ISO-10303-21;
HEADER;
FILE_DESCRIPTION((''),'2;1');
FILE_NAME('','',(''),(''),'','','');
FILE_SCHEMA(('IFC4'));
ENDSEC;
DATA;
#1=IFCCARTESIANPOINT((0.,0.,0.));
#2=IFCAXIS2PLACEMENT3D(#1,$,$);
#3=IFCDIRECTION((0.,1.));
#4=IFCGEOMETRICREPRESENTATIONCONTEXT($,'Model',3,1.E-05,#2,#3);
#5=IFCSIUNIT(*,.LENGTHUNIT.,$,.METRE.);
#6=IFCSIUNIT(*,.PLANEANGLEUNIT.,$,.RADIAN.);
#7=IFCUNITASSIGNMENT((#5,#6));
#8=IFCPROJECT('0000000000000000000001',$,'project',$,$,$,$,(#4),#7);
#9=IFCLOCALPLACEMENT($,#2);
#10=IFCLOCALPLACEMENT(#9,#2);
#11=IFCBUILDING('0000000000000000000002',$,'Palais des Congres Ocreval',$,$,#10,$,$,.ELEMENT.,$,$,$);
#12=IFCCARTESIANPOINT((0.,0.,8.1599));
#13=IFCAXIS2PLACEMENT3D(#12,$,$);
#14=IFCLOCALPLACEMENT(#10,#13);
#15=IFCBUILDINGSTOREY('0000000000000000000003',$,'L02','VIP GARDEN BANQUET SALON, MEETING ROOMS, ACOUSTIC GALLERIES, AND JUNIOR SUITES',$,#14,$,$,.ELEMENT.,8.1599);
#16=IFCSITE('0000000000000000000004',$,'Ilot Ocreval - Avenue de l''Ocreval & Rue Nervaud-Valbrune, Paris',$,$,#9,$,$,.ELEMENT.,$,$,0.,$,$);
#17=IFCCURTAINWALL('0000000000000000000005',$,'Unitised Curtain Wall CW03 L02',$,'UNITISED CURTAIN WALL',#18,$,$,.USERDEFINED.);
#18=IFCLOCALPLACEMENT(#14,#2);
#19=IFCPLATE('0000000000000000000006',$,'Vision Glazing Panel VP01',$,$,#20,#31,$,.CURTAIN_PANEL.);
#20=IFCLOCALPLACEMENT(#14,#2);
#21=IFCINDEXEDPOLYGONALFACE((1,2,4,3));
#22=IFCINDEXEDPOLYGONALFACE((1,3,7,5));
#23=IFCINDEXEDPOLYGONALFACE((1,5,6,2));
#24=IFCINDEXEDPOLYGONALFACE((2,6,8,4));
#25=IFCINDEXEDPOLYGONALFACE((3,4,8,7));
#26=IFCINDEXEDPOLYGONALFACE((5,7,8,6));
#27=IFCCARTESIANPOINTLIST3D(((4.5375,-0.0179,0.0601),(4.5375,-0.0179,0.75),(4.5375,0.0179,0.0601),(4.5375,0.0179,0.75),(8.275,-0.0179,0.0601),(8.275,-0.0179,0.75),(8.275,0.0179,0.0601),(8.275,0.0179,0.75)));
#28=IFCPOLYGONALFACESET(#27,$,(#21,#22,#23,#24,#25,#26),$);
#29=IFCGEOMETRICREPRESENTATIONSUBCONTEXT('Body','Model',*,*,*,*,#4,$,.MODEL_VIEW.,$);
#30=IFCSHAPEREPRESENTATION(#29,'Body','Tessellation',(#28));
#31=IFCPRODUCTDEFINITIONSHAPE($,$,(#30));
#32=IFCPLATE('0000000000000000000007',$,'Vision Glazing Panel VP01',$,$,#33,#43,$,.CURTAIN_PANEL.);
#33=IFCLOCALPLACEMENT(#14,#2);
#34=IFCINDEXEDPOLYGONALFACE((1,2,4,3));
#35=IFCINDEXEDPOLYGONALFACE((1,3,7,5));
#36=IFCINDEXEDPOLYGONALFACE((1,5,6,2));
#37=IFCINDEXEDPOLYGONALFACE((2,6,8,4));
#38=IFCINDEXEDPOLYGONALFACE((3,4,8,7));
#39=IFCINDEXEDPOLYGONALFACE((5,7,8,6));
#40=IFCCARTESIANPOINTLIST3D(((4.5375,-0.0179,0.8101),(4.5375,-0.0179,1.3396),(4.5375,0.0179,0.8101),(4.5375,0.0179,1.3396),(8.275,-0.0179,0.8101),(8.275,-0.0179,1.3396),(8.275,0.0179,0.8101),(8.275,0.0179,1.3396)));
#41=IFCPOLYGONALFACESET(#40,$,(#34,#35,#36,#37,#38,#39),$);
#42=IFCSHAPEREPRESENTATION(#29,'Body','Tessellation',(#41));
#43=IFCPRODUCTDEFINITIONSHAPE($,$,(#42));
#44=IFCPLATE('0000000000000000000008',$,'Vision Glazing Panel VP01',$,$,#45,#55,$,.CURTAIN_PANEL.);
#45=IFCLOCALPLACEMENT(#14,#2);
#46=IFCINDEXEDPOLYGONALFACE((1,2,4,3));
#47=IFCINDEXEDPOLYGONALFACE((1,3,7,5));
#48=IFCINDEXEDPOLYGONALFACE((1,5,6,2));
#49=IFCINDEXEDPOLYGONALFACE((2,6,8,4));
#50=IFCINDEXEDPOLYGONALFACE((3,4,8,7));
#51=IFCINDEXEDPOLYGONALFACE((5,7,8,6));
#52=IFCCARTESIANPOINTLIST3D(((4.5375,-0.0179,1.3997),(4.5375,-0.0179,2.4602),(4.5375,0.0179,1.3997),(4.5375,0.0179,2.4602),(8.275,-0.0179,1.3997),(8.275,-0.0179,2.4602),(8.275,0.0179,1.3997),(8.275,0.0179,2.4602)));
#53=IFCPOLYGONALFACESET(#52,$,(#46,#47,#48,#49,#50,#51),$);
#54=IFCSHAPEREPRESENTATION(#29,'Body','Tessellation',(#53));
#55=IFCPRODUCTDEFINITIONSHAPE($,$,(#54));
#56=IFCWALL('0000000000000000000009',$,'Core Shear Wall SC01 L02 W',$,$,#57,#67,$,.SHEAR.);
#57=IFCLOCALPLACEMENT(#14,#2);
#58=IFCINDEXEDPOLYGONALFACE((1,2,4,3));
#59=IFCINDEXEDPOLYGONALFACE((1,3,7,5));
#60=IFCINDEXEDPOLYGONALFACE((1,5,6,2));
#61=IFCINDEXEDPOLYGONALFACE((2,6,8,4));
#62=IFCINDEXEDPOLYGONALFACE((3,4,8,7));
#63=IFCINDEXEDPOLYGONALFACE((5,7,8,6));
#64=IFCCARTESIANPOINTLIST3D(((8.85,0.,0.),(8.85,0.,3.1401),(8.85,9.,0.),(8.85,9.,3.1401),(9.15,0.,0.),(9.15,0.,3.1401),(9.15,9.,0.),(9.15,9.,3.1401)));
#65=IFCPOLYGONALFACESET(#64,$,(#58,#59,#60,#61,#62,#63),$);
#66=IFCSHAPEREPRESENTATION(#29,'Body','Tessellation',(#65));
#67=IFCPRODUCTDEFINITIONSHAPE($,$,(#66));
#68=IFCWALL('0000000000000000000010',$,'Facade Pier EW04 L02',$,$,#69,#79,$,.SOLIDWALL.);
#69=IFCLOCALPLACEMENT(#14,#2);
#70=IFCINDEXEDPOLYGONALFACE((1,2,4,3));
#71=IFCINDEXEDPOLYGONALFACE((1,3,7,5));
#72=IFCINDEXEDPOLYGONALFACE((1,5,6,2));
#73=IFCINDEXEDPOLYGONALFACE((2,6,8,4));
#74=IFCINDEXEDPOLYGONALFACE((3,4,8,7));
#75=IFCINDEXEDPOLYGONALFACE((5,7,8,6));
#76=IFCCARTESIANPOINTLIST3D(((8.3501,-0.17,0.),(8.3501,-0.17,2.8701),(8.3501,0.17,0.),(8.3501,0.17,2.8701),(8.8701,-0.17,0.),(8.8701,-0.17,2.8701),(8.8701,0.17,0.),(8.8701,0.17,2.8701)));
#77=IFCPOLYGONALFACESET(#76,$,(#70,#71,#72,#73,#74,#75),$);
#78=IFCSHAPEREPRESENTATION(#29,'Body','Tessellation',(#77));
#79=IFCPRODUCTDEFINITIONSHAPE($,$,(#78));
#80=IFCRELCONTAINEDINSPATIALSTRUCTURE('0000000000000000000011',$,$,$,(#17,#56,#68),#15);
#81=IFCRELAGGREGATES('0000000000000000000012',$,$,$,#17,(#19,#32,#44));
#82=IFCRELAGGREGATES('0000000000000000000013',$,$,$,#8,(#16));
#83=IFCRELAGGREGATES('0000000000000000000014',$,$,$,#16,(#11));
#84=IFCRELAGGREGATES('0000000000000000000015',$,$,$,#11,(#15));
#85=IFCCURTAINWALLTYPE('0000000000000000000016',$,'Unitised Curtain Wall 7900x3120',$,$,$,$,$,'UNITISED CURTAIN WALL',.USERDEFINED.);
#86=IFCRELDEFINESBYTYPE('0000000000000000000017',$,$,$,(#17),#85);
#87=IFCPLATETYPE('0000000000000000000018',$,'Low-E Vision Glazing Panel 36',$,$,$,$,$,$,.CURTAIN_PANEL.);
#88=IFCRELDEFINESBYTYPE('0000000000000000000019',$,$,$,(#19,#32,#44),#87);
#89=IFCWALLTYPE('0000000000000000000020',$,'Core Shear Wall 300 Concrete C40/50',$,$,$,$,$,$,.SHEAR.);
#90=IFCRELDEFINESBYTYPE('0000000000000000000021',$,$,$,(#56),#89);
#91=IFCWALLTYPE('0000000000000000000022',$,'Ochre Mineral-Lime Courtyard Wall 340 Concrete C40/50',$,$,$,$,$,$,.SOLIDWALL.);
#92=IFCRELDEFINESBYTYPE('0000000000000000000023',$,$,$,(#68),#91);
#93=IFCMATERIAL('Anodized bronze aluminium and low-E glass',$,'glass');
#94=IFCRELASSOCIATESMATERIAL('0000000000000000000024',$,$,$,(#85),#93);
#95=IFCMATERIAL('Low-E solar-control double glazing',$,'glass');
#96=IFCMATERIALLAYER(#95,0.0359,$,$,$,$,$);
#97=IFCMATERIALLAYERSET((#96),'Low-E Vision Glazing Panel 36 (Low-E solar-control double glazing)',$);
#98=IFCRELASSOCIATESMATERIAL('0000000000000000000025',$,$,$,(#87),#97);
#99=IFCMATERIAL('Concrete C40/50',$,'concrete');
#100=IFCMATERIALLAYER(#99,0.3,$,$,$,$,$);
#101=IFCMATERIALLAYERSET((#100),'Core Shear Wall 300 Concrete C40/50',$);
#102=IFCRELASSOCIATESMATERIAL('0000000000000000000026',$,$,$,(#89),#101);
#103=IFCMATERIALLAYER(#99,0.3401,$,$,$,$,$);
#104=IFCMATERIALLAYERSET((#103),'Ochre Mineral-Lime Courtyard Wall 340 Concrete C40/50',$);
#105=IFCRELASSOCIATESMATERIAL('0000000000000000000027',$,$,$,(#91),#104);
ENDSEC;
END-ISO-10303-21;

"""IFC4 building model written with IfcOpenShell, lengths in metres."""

from ifc_helpers import new_model, si_unit, direction, frame, frame_2d, origin, origin_2d, place, context, subcontext, project, spatial, rectangle, extrude, material, layer, layer_set, type_object, element, aggregate, save


model = new_model("IFC4")

# Units and contexts
model_context = context("Model", 3, precision=1e-05, world=origin(), true_north=direction((0.0, 1.0)))
body_context = subcontext(model_context, "Body", "Model", "MODEL_VIEW")
ifc_project = project(units=[si_unit("LENGTHUNIT", "METRE"), si_unit("PLANEANGLEUNIT", "RADIAN")], contexts=[model_context])

# Site, building, storey
site_placement = place(None, origin())
site = spatial("IfcSite", under=ifc_project, at=site_placement, Name="Ilot Ocreval - Avenue de l'Ocreval & Rue Nervaud-Valbrune, Paris", CompositionType="ELEMENT", RefElevation=0.0)
building_placement = place(site_placement, origin())
building = spatial("IfcBuilding", under=site, at=building_placement, Name="Palais des Congres Ocreval", CompositionType="ELEMENT")
storey_placement = place(building_placement, frame((0.0, 0.0, 8.1599)))
storey = spatial("IfcBuildingStorey", under=building, at=storey_placement, Name="L02", Description="VIP GARDEN BANQUET SALON, MEETING ROOMS, ACOUSTIC GALLERIES, AND JUNIOR SUITES", CompositionType="ELEMENT", Elevation=8.1599)

# Curtain wall
ifc_material_1 = material(Name="Anodized bronze aluminium and low-E glass", Category="glass")
curtain_wall_type = type_object("IfcCurtainWallType", Name="Unitised Curtain Wall 7900x3120", ElementType="UNITISED CURTAIN WALL", PredefinedType="USERDEFINED", material=ifc_material_1)
curtain_wall_placement = place(storey_placement, origin())
curtain_wall = element("IfcCurtainWall", 1, at=curtain_wall_placement, inside=storey, type_object=curtain_wall_type, Name="Unitised Curtain Wall CW03 L02", ObjectType="UNITISED CURTAIN WALL", PredefinedType="USERDEFINED")

# Plates
ifc_material_2 = material(Name="Low-E solar-control double glazing", Category="glass")
ifc_layer_1 = layer(ifc_material_2, 0.0359)
ifc_layer_set_1 = layer_set([ifc_layer_1], Name="Low-E Vision Glazing Panel 36 (Low-E solar-control double glazing)")
plate_type_1 = type_object("IfcPlateType", Name="Low-E Vision Glazing Panel 36", PredefinedType="CURTAIN_PANEL", material=ifc_layer_set_1)
plate_1_placement = place(storey_placement, frame((6.4062, 0.0, 0.0601), z_axis=(0.0, 0.0, 1.0), x_axis=(-1.0, 0.0, 0.0)))
plate_1 = element("IfcPlate", 2, at=plate_1_placement, type_object=plate_type_1, Name="Vision Glazing Panel VP01", PredefinedType="CURTAIN_PANEL", context=body_context, shape_type="SweptSolid", body=[
    extrude(rectangle(XDim=3.7375, YDim=0.0359, at=origin_2d()), origin(), (0.0, 0.0, 1.0), 0.6899),
])
plate_2_placement = place(storey_placement, frame((6.4062, 0.0, 0.8101), z_axis=(0.0, 0.0, 1.0), x_axis=(-1.0, 0.0, 0.0)))
plate_2 = element("IfcPlate", 3, at=plate_2_placement, type_object=plate_type_1, Name="Vision Glazing Panel VP01", PredefinedType="CURTAIN_PANEL", context=body_context, shape_type="SweptSolid", body=[
    extrude(rectangle(XDim=3.7375, YDim=0.0359, at=origin_2d()), origin(), (0.0, 0.0, 1.0), 0.5295),
])
plate_3_placement = place(storey_placement, frame((6.4062, 0.0, 1.3997), z_axis=(0.0, 0.0, 1.0), x_axis=(-1.0, 0.0, 0.0)))
plate_3 = element("IfcPlate", 4, at=plate_3_placement, type_object=plate_type_1, Name="Vision Glazing Panel VP01", PredefinedType="CURTAIN_PANEL", context=body_context, shape_type="SweptSolid", body=[
    extrude(rectangle(XDim=3.7375, YDim=0.0359, at=origin_2d()), origin(), (0.0, 0.0, 1.0), 1.0605),
])
aggregate(curtain_wall, [plate_1, plate_2, plate_3])

# Walls
ifc_material_3 = material(Name="Concrete C40/50", Category="concrete")
ifc_layer_2 = layer(ifc_material_3, 0.3)
ifc_layer_set_2 = layer_set([ifc_layer_2], Name="Core Shear Wall 300 Concrete C40/50")
wall_type_1 = type_object("IfcWallType", Name="Core Shear Wall 300 Concrete C40/50", PredefinedType="SHEAR", material=ifc_layer_set_2)
wall_1_placement = place(storey_placement, frame((9.0, 0.0, 0.0), z_axis=(0.0, 0.0, 1.0), x_axis=(0.0, 1.0, 0.0)))
element("IfcWall", 5, at=wall_1_placement, inside=storey, type_object=wall_type_1, Name="Core Shear Wall SC01 L02 W", PredefinedType="SHEAR", context=body_context, shape_type="SweptSolid", body=[
    extrude(rectangle(XDim=9.0, YDim=0.3, at=frame_2d((4.5, 0.0))), origin(), (0.0, 0.0, 1.0), 3.1401),
])
ifc_layer_3 = layer(ifc_material_3, 0.3401)
ifc_layer_set_3 = layer_set([ifc_layer_3], Name="Ochre Mineral-Lime Courtyard Wall 340 Concrete C40/50")
wall_type_2 = type_object("IfcWallType", Name="Ochre Mineral-Lime Courtyard Wall 340 Concrete C40/50", PredefinedType="SOLIDWALL", material=ifc_layer_set_3)
wall_2_placement = place(storey_placement, frame((8.8701, 0.0, 0.0), z_axis=(0.0, 0.0, 1.0), x_axis=(-1.0, 0.0, 0.0)))
element("IfcWall", 6, at=wall_2_placement, inside=storey, type_object=wall_type_2, Name="Facade Pier EW04 L02", PredefinedType="SOLIDWALL", context=body_context, shape_type="SweptSolid", body=[
    extrude(rectangle(XDim=0.52, YDim=0.3401, at=frame_2d((0.26, 0.0))), origin(), (0.0, 0.0, 1.0), 2.8701),
])

save(model, "model.ifc")
